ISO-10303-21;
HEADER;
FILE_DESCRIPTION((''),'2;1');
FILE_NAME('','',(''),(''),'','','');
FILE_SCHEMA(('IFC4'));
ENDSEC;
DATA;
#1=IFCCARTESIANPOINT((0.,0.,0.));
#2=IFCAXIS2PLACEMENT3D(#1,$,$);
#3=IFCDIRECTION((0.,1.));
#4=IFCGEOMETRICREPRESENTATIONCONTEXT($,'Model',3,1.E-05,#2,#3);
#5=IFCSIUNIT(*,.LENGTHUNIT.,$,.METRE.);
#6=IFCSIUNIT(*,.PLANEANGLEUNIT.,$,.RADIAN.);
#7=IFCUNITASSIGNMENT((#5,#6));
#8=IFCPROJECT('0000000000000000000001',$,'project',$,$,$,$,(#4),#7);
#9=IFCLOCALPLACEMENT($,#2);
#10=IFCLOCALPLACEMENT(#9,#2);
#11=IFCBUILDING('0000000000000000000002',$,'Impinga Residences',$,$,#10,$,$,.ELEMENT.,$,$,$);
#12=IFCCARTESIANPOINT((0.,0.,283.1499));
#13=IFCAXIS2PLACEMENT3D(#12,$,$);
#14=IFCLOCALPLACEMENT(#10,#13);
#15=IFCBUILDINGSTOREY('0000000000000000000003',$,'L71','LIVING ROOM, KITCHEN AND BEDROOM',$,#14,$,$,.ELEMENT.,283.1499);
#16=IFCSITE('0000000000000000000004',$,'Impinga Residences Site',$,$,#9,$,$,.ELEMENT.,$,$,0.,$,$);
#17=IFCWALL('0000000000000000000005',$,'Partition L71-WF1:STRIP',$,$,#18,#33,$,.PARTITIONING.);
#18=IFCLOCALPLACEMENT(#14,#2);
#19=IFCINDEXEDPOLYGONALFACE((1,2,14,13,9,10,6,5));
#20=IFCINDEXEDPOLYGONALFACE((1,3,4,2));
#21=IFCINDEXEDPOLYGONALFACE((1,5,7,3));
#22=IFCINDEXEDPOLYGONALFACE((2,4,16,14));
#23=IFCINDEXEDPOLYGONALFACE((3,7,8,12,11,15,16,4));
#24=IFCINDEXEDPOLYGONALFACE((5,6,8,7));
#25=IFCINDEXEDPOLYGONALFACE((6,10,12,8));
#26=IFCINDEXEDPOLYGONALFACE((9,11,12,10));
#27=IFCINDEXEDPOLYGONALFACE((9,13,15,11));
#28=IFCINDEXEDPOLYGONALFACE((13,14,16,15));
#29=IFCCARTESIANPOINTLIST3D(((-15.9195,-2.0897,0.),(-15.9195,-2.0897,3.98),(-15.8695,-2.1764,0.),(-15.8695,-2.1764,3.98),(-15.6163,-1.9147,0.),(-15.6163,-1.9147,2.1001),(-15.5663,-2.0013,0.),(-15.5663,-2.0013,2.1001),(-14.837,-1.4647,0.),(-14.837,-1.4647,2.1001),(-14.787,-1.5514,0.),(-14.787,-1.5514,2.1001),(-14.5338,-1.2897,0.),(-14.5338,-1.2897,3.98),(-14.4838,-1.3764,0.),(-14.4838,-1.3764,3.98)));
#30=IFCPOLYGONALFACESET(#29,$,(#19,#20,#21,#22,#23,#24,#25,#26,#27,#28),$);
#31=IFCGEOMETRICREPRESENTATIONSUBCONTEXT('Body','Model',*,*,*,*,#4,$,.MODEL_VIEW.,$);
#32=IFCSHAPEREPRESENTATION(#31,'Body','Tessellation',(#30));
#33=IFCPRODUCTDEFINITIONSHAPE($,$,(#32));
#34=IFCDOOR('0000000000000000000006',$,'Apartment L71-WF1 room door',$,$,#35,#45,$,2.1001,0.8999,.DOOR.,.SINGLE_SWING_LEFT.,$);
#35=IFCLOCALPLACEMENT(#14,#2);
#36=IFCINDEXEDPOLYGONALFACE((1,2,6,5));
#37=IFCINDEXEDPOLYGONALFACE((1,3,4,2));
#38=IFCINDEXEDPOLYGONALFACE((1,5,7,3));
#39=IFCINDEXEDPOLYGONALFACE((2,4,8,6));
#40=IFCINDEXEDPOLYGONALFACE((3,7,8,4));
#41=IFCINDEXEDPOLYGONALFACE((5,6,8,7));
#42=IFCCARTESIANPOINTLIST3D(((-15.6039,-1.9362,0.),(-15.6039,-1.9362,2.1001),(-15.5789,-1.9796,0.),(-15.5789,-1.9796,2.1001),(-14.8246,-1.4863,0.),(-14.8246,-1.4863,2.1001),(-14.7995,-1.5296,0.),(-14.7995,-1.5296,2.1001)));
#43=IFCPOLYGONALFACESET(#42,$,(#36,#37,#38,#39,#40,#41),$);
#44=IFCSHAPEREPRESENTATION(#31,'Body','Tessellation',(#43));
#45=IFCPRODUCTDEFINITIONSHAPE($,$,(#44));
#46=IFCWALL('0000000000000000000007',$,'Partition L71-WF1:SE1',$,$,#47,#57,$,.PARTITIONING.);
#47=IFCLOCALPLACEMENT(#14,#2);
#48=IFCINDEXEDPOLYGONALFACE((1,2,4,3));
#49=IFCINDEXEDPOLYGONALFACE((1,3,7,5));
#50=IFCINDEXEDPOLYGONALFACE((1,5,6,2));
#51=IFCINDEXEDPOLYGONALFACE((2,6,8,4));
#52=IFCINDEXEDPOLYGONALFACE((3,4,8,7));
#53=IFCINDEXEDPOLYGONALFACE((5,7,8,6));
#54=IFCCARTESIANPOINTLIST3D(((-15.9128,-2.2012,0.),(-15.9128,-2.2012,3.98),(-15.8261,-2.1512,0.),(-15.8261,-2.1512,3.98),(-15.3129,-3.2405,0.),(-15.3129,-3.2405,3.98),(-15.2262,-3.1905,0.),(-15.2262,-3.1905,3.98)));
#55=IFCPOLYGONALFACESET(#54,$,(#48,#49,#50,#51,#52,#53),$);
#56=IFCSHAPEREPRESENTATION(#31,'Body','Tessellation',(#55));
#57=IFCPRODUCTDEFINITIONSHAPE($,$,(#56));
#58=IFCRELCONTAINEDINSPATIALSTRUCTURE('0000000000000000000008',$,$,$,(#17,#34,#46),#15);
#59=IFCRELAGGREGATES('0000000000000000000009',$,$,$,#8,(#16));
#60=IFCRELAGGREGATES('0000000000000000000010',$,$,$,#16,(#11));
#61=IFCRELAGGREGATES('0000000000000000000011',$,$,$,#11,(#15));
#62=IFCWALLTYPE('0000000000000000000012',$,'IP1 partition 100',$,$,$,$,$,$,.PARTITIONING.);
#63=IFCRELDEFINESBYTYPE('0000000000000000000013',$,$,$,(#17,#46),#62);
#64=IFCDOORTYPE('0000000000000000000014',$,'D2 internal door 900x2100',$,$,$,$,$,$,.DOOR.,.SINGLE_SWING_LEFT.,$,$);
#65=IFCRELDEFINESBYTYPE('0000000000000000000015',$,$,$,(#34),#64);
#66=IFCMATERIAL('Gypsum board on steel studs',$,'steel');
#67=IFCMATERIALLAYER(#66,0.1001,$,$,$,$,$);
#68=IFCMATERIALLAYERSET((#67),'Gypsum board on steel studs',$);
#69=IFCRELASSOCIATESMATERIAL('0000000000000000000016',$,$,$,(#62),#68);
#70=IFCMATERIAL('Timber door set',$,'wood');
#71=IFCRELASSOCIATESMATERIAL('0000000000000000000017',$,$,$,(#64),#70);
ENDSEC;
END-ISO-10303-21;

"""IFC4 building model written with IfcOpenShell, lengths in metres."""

from ifc_helpers import new_model, si_unit, direction, frame, frame_2d, origin, place, context, subcontext, project, spatial, rectangle, extrude, material, layer, layer_set, type_object, element, fill, save


model = new_model("IFC4")

# Units and contexts
model_context = context("Model", 3, precision=1e-05, world=origin(), true_north=direction((0.0, 1.0)))
body_context = subcontext(model_context, "Body", "Model", "MODEL_VIEW")
ifc_project = project(units=[si_unit("LENGTHUNIT", "METRE"), si_unit("PLANEANGLEUNIT", "RADIAN")], contexts=[model_context])

# Site, building, storey
site_placement = place(None, origin())
site = spatial("IfcSite", under=ifc_project, at=site_placement, Name="Impinga Residences Site", CompositionType="ELEMENT", RefElevation=0.0)
building_placement = place(site_placement, origin())
building = spatial("IfcBuilding", under=site, at=building_placement, Name="Impinga Residences", CompositionType="ELEMENT")
storey_placement = place(building_placement, frame((0.0, 0.0, 283.1499)))
storey = spatial("IfcBuildingStorey", under=building, at=storey_placement, Name="L71", Description="LIVING ROOM, KITCHEN AND BEDROOM", CompositionType="ELEMENT", Elevation=283.1499)

# Shared definitions
ifc_material_1 = material(Name="Gypsum board on steel studs", Category="steel")
ifc_layer_1 = layer(ifc_material_1, 0.1001)
ifc_layer_set_1 = layer_set([ifc_layer_1], Name="Gypsum board on steel studs")
wall_type_1 = type_object("IfcWallType", Name="IP1 partition 100", PredefinedType="PARTITIONING", material=ifc_layer_set_1)

# Wall, opening, door
wall_1_placement = place(storey_placement, frame((-14.5088, -1.333, 0.0), z_axis=(0.0, 0.0, 1.0), x_axis=(-0.866028, -0.499995, 0.0)))
wall_1 = element("IfcWall", 1, at=wall_1_placement, inside=storey, type_object=wall_type_1, Name="Partition L71-WF1:STRIP", PredefinedType="PARTITIONING", context=body_context, shape_type="SweptSolid", body=[
    extrude(rectangle(XDim=1.6001, YDim=0.1001, at=frame_2d((0.8, 0.0))), origin(), (0.0, 0.0, 1.0), 3.98),
])
opening_placement = place(wall_1_placement, frame((0.3501, 0.0, 0.0)))
opening = element("IfcOpeningElement", 2, at=opening_placement, cuts=wall_1, PredefinedType="OPENING", context=body_context, shape_type="SweptSolid", body=[
    extrude(rectangle(XDim=0.8999, YDim=2.1001, at=frame_2d((0.45, 1.05))), frame((0.0, 0.0601, 0.0), z_axis=(0.0, -1.0, 0.0), x_axis=(1.0, 0.0, 0.0)), (0.0, 0.0, 1.0), 0.1201),
])
ifc_material_2 = material(Name="Timber door set", Category="wood")
door_type = type_object("IfcDoorType", Name="D2 internal door 900x2100", OperationType="SINGLE_SWING_LEFT", PredefinedType="DOOR", material=ifc_material_2)
door_placement = place(opening_placement, origin())
door = element("IfcDoor", 3, at=door_placement, inside=storey, type_object=door_type, Name="Apartment L71-WF1 room door", OperationType="SINGLE_SWING_LEFT", OverallHeight=2.1001, OverallWidth=0.8999, PredefinedType="DOOR", context=body_context, shape_type="SweptSolid", body=[
    extrude(rectangle(XDim=0.8999, YDim=2.1001, at=frame_2d((0.45, 1.05))), frame((0.0, 0.0249, 0.0), z_axis=(0.0, -1.0, 0.0), x_axis=(1.0, 0.0, 0.0)), (0.0, 0.0, 1.0), 0.05),
])
fill(opening, door)

# Wall
wall_2_placement = place(storey_placement, frame((-15.2695, -3.2156, 0.0), z_axis=(0.0, 0.0, 1.0), x_axis=(-0.499881, 0.866094, 0.0)))
element("IfcWall", 4, at=wall_2_placement, inside=storey, type_object=wall_type_1, Name="Partition L71-WF1:SE1", PredefinedType="PARTITIONING", context=body_context, shape_type="SweptSolid", body=[
    extrude(rectangle(XDim=1.2, YDim=0.1001, at=frame_2d((0.6001, 0.0))), origin(), (0.0, 0.0, 1.0), 3.98),
])

save(model, "model.ifc")
